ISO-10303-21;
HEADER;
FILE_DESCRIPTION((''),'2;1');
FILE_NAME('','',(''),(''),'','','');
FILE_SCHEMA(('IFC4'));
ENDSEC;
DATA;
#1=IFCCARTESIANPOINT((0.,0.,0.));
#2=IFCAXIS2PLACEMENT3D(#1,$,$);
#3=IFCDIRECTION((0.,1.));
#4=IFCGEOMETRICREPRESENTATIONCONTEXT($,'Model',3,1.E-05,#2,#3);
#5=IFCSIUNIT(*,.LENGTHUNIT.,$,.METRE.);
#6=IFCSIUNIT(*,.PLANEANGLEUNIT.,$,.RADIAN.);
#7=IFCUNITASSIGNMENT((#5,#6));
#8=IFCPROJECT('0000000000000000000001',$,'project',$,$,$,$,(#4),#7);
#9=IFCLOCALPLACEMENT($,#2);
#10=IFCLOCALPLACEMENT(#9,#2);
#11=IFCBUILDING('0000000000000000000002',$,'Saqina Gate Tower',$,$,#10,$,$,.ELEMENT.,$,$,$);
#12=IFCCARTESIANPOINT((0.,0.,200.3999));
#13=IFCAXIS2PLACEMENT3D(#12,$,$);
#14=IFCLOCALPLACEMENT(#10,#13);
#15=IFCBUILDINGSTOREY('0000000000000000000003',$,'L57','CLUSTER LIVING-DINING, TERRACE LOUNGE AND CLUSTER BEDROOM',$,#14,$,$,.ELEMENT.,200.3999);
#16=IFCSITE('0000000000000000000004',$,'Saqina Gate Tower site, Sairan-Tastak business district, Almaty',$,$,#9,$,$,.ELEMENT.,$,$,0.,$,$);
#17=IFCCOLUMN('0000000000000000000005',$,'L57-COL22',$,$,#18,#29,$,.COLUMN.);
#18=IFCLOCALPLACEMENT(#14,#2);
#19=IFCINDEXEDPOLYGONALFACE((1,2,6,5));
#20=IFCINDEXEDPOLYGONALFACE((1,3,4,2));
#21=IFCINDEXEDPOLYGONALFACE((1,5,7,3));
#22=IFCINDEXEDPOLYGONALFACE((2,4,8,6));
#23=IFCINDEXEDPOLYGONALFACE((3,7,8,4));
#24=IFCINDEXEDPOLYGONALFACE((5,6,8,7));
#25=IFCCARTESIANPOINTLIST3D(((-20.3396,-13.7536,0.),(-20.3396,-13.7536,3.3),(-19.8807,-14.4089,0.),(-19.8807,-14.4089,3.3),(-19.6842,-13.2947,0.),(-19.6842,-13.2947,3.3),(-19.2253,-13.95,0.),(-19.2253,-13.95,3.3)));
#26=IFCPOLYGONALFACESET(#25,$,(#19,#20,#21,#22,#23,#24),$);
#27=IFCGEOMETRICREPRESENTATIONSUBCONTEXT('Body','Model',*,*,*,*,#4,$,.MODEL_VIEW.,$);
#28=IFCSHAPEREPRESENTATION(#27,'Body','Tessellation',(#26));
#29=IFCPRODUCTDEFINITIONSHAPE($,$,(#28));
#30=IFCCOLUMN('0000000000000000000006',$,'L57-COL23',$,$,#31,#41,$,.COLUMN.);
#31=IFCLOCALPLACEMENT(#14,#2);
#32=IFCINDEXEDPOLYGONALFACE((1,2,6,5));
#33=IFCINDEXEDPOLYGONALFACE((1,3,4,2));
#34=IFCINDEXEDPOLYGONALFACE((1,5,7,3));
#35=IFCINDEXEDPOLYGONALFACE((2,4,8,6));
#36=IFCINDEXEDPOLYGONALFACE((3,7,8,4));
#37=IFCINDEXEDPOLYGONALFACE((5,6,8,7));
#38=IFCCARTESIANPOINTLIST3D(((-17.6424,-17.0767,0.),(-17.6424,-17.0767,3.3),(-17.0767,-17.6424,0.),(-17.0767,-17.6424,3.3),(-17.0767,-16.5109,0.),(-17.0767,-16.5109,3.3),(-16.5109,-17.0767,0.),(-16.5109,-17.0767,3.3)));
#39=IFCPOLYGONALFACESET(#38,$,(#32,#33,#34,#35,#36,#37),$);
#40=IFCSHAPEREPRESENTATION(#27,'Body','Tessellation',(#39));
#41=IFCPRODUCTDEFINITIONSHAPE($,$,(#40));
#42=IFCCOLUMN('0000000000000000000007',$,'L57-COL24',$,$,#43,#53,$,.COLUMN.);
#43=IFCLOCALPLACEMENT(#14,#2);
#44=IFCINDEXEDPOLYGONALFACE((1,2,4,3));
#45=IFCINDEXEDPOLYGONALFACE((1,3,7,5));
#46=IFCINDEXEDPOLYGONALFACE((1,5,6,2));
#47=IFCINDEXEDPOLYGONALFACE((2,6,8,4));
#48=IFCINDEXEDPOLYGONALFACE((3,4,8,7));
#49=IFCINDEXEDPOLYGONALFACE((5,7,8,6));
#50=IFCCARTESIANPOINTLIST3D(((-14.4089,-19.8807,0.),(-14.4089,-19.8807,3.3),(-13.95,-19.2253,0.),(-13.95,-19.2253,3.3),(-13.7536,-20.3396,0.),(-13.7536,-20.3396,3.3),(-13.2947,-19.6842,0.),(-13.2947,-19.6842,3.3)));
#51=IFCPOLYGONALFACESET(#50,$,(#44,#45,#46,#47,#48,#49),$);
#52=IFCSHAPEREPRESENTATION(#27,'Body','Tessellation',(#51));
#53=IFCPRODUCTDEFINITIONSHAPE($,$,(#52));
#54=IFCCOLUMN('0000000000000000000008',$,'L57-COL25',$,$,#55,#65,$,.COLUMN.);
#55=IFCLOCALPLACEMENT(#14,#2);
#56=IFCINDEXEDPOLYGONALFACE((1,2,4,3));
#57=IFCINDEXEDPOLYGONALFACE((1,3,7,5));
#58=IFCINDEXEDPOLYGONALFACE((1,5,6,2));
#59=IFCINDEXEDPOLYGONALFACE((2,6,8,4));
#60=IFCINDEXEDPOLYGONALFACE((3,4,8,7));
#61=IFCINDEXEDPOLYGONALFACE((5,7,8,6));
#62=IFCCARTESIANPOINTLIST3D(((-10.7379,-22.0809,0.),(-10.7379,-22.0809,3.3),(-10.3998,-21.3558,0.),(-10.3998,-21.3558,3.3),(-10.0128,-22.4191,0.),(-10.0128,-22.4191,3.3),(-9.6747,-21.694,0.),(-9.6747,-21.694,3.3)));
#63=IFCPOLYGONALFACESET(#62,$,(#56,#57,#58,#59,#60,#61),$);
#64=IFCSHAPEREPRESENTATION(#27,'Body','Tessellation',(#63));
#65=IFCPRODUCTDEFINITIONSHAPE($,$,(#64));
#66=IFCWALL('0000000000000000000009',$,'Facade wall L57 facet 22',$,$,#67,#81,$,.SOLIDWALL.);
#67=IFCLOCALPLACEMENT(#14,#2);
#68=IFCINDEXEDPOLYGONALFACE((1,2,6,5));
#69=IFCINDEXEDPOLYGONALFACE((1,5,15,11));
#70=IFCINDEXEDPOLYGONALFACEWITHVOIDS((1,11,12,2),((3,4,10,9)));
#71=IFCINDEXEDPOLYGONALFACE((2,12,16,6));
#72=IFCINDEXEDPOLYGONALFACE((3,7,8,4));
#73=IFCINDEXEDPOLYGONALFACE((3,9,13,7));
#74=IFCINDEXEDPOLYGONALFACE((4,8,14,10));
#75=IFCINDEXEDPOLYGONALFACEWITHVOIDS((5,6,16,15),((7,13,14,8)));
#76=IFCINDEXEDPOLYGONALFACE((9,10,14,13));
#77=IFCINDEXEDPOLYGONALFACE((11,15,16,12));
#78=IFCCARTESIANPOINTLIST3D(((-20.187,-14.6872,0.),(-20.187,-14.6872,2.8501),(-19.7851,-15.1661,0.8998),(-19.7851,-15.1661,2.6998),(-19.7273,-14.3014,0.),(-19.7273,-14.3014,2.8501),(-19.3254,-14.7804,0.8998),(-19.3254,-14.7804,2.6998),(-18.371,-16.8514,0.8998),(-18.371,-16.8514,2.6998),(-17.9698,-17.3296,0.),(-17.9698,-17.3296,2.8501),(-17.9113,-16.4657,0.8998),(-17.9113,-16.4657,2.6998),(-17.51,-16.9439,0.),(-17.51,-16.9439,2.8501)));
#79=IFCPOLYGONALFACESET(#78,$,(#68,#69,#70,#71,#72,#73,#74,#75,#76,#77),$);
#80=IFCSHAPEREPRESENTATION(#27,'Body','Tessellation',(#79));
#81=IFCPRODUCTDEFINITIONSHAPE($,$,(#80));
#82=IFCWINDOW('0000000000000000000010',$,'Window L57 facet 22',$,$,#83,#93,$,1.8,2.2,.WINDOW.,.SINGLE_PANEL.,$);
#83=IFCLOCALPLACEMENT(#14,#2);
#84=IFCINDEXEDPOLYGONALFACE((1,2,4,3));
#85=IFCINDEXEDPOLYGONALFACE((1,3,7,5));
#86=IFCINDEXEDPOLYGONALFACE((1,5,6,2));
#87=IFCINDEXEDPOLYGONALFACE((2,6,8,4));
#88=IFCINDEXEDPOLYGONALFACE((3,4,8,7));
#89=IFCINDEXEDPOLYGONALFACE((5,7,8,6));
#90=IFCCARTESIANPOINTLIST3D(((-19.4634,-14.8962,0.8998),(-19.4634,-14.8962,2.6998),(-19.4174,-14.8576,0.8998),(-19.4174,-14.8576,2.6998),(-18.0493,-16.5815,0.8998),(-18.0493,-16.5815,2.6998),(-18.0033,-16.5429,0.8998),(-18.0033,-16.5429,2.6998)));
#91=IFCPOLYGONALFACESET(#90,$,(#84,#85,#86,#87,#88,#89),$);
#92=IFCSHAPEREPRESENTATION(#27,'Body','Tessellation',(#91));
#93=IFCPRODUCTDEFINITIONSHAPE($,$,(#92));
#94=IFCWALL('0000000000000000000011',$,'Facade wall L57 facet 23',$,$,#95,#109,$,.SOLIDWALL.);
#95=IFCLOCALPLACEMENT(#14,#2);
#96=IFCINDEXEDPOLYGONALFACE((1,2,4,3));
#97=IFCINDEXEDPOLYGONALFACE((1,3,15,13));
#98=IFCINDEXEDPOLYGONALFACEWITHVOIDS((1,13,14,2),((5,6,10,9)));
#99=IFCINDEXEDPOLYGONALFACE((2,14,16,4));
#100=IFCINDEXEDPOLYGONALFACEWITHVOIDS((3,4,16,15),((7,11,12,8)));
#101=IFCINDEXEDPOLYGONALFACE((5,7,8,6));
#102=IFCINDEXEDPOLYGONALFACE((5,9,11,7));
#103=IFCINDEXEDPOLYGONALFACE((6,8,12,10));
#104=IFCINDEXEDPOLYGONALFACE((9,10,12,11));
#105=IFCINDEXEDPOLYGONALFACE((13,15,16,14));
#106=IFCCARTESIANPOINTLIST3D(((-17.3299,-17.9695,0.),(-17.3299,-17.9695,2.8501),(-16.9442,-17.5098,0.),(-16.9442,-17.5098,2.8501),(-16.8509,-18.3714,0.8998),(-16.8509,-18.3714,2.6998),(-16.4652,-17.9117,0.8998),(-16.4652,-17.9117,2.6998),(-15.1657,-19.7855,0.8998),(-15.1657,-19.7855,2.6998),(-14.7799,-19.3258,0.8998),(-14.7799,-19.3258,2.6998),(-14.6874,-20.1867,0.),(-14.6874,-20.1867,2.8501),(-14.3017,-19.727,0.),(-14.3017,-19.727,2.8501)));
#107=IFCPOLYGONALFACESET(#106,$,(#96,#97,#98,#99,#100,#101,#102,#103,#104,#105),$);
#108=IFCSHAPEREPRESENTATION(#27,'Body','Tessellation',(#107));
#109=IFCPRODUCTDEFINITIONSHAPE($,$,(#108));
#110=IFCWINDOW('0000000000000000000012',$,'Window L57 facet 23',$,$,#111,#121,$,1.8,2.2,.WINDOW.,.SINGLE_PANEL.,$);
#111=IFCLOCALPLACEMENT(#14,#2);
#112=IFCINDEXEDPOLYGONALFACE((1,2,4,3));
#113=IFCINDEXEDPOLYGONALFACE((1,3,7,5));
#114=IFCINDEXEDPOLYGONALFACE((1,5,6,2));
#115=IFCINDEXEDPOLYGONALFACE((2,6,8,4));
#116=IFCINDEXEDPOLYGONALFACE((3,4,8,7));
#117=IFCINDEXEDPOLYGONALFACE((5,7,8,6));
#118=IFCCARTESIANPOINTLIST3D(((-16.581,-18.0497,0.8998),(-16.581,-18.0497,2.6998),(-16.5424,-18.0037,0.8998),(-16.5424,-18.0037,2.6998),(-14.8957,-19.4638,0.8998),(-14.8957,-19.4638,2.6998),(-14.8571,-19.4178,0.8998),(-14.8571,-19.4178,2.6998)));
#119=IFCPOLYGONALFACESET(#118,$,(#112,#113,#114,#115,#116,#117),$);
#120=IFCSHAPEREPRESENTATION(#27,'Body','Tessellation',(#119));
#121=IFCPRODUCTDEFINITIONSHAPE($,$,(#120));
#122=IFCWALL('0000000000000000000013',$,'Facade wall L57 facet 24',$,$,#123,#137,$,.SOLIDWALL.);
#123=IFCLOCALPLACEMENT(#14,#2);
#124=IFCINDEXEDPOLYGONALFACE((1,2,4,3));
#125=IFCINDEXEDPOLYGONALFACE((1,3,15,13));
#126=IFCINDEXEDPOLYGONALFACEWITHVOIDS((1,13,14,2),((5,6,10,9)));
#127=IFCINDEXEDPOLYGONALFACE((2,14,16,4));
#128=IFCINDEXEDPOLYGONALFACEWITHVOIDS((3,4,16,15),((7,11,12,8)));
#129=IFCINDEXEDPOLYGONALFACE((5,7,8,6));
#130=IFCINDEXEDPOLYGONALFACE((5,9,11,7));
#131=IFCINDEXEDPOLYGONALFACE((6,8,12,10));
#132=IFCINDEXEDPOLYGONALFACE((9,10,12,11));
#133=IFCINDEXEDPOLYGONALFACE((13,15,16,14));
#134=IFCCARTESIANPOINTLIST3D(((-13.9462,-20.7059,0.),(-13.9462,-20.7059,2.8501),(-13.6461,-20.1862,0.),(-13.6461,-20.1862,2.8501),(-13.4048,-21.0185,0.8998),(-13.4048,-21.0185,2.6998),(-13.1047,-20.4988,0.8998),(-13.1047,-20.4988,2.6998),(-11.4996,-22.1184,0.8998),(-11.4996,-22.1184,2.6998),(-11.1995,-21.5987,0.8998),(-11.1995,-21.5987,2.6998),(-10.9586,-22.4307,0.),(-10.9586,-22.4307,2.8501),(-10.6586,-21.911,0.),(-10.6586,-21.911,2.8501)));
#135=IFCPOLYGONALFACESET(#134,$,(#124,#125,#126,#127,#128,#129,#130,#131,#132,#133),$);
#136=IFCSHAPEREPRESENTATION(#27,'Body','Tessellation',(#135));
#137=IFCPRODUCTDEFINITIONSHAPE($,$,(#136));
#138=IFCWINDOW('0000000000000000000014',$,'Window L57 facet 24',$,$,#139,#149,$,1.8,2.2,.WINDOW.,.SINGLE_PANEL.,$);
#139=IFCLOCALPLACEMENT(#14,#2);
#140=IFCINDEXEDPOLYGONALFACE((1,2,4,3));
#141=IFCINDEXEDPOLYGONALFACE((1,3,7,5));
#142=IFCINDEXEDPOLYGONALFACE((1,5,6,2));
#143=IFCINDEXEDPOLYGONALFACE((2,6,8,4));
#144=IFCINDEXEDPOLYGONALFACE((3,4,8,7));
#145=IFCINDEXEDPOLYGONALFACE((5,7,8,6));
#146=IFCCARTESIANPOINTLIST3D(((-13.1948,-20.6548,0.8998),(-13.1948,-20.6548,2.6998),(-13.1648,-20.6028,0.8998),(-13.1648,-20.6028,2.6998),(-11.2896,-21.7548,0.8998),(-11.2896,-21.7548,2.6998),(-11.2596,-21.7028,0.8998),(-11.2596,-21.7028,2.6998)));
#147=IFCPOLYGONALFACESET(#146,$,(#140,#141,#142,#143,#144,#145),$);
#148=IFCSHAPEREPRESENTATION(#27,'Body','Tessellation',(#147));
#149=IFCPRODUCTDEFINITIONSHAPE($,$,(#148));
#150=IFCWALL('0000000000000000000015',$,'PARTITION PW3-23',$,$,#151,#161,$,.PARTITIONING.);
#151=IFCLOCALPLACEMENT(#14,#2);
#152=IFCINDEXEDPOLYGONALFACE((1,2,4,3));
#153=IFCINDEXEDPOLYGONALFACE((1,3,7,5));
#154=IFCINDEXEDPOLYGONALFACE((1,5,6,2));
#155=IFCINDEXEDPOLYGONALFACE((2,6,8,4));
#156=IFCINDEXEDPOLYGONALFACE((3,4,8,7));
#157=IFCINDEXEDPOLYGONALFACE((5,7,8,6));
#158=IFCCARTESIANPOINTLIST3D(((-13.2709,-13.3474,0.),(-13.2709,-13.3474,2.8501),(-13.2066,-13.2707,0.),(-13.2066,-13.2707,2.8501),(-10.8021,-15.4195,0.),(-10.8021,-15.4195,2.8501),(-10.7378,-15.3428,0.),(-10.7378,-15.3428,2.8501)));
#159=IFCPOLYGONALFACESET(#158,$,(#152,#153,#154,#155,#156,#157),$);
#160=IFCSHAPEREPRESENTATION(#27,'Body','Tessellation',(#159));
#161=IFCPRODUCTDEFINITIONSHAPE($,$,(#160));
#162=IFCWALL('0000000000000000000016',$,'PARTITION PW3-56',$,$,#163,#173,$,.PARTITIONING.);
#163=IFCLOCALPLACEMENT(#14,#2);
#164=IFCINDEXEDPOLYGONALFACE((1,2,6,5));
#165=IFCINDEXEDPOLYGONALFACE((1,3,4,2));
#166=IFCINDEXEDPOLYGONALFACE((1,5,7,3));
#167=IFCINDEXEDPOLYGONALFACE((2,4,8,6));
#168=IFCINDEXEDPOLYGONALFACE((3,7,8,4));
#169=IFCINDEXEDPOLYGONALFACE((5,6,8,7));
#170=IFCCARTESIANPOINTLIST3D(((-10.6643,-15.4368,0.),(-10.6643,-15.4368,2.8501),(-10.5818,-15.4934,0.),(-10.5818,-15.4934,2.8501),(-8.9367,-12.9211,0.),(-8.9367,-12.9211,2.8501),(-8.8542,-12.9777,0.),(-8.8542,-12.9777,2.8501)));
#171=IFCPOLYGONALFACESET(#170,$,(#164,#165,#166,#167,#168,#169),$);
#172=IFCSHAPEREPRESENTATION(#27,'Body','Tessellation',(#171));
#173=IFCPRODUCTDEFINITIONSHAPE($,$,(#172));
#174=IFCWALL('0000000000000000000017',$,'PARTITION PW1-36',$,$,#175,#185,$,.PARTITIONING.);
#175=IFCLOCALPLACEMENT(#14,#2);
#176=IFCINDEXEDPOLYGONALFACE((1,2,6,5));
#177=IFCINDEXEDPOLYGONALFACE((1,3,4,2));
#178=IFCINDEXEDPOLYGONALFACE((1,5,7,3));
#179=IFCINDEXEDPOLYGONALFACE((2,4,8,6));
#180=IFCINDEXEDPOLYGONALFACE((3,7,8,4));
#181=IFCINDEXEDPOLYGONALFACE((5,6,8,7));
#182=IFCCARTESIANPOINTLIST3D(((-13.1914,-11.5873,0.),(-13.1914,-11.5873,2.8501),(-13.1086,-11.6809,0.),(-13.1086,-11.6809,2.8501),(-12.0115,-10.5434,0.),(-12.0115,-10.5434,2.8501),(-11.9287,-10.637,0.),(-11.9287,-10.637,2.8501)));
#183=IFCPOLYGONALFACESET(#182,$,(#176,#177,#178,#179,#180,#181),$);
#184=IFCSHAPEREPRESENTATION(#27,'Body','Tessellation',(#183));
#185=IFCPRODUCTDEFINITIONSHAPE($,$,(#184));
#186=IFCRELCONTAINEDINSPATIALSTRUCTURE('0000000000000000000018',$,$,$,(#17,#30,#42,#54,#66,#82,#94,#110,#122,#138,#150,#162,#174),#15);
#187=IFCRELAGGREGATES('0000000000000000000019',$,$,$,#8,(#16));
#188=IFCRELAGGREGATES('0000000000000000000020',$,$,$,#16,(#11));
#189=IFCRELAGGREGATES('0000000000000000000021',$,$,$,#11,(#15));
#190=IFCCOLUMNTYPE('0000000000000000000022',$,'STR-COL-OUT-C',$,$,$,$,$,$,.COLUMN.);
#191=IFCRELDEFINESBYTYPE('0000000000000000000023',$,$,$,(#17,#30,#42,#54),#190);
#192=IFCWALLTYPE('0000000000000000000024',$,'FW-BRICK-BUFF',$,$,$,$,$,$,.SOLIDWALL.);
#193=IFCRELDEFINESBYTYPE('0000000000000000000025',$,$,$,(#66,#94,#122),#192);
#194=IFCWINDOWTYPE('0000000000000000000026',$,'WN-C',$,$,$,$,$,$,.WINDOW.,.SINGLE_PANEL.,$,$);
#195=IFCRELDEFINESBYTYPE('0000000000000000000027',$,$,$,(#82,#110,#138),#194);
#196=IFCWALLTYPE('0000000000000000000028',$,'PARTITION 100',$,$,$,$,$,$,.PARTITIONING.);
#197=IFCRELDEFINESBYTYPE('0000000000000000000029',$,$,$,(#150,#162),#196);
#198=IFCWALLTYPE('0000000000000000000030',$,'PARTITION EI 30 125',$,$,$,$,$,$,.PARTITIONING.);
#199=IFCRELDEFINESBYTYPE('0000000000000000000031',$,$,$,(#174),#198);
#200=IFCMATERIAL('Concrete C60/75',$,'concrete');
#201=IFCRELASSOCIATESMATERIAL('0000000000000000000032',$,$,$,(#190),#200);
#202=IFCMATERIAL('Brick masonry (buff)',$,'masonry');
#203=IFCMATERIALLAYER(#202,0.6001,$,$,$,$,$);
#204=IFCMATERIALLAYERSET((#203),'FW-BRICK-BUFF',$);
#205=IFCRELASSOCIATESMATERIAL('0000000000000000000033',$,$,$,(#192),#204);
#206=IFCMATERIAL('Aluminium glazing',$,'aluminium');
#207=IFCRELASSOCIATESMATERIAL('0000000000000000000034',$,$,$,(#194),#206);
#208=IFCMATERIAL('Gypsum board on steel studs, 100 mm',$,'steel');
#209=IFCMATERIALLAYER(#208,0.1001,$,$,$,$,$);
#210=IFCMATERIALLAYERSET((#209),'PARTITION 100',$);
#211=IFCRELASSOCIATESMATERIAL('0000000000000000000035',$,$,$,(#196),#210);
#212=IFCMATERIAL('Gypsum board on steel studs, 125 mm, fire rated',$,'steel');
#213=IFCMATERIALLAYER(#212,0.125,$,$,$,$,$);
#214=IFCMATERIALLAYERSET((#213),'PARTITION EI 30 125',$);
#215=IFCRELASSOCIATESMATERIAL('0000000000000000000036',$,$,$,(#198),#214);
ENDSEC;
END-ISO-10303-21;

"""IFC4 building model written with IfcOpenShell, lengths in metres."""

from ifc_helpers import new_model, si_unit, direction, frame, frame_2d, origin, origin_2d, place, context, subcontext, project, spatial, rectangle, extrude, material, layer, layer_set, material_profile, profile_set, type_object, element, fill, save


model = new_model("IFC4")

# Units and contexts
model_context = context("Model", 3, precision=1e-05, world=origin(), true_north=direction((0.0, 1.0)))
body_context = subcontext(model_context, "Body", "Model", "MODEL_VIEW")
ifc_project = project(units=[si_unit("LENGTHUNIT", "METRE"), si_unit("PLANEANGLEUNIT", "RADIAN")], contexts=[model_context])

# Site, building, storey
site_placement = place(None, origin())
site = spatial("IfcSite", under=ifc_project, at=site_placement, Name="Saqina Gate Tower site, Sairan-Tastak business district, Almaty", CompositionType="ELEMENT", RefElevation=0.0)
building_placement = place(site_placement, origin())
building = spatial("IfcBuilding", under=site, at=building_placement, Name="Saqina Gate Tower", CompositionType="ELEMENT")
storey_placement = place(building_placement, frame((0.0, 0.0, 200.3999)))
storey = spatial("IfcBuildingStorey", under=building, at=storey_placement, Name="L57", Description="CLUSTER LIVING-DINING, TERRACE LOUNGE AND CLUSTER BEDROOM", CompositionType="ELEMENT", Elevation=200.3999)

# Columns
ifc_material_1 = material(Name="Concrete C60/75", Category="concrete")
ifc_material_profile = material_profile(ifc_material_1, rectangle(XDim=0.8, YDim=0.8, at=origin_2d()), Name="RC 800x800")
ifc_profile_set = profile_set([ifc_material_profile], Name="Concrete C60/75")
column_type = type_object("IfcColumnType", Name="STR-COL-OUT-C", PredefinedType="COLUMN", material=ifc_profile_set)
for number, where, z_axis, x_axis, name in (
    (1, (-19.7825, -13.8518, 0.0), (0.0, 0.0, 1.0), (-0.819152, -0.573576, 0.0), "L57-COL22"),
    (2, (-17.0767, -17.0767, 0.0), (0.0, 0.0, 1.0), (-0.707107, -0.707107, 0.0), "L57-COL23"),
    (3, (-13.8518, -19.7825, 0.0), (0.0, 0.0, 1.0), (-0.573576, -0.819152, 0.0), "L57-COL24"),
    (4, (-10.2063, -21.8875, 0.0), (0.0, 0.0, 1.0), (-0.422618, -0.906308, 0.0), "L57-COL25"),
):
    element("IfcColumn", number, at=place(storey_placement, frame(where, z_axis=z_axis, x_axis=x_axis)), inside=storey, type_object=column_type, Name=name, PredefinedType="COLUMN", context=body_context, shape_type="SweptSolid", body=[
        extrude(rectangle(XDim=0.8, YDim=0.8, at=origin_2d()), origin(), (0.0, 0.0, 1.0), 3.3),
    ])

# Walls, openings, windows
ifc_material_2 = material(Name="Brick masonry (buff)", Category="masonry")
ifc_layer_1 = layer(ifc_material_2, 0.6001)
ifc_layer_set_1 = layer_set([ifc_layer_1], Name="FW-BRICK-BUFF")
wall_type_1 = type_object("IfcWallType", Name="FW-BRICK-BUFF", PredefinedType="SOLIDWALL", material=ifc_layer_set_1)
wall_1_placement = place(storey_placement, frame((-19.957, -14.4944, 0.0), z_axis=(0.0, 0.0, 1.0), x_axis=(0.64277, -0.766059, 0.0)))
wall_1 = element("IfcWall", 5, at=wall_1_placement, inside=storey, type_object=wall_type_1, Name="Facade wall L57 facet 22", PredefinedType="SOLIDWALL", context=body_context, shape_type="SweptSolid", body=[
    extrude(rectangle(XDim=3.4495, YDim=0.6001, at=frame_2d((1.7246, 0.0))), origin(), (0.0, 0.0, 1.0), 2.8501),
])
opening_1_placement = place(wall_1_placement, frame((0.625, 0.0, 0.8999)))
opening_1 = element("IfcOpeningElement", 6, at=opening_1_placement, cuts=wall_1, PredefinedType="OPENING", context=body_context, shape_type="SweptSolid", body=[
    extrude(rectangle(XDim=2.2, YDim=1.8, at=frame_2d((1.1001, 0.8999))), frame((0.0, 0.312, 0.0), z_axis=(0.0, -1.0, 0.0), x_axis=(1.0, 0.0, 0.0)), (0.0, 0.0, 1.0), 0.624),
])
ifc_material_3 = material(Name="Aluminium glazing", Category="aluminium")
window_type = type_object("IfcWindowType", Name="WN-C", PartitioningType="SINGLE_PANEL", PredefinedType="WINDOW", material=ifc_material_3)
window_1_placement = place(opening_1_placement, origin())
window_1 = element("IfcWindow", 7, at=window_1_placement, inside=storey, type_object=window_type, Name="Window L57 facet 22", OverallHeight=1.8, OverallWidth=2.2, PartitioningType="SINGLE_PANEL", PredefinedType="WINDOW", context=body_context, shape_type="SweptSolid", body=[
    extrude(rectangle(XDim=2.2, YDim=1.8, at=frame_2d((1.1001, 0.8999))), frame((0.0, 0.1799, 0.0), z_axis=(0.0, -1.0, 0.0), x_axis=(1.0, 0.0, 0.0)), (0.0, 0.0, 1.0), 0.0601),
])
fill(opening_1, window_1)
wall_2_placement = place(storey_placement, frame((-17.137, -17.7397, 0.0), z_axis=(0.0, 0.0, 1.0), x_axis=(0.766059, -0.64277, 0.0)))
wall_2 = element("IfcWall", 8, at=wall_2_placement, inside=storey, type_object=wall_type_1, Name="Facade wall L57 facet 23", PredefinedType="SOLIDWALL", context=body_context, shape_type="SweptSolid", body=[
    extrude(rectangle(XDim=3.4495, YDim=0.6001, at=frame_2d((1.7246, 0.0))), origin(), (0.0, 0.0, 1.0), 2.8501),
])
opening_2_placement = place(wall_2_placement, frame((0.625, 0.0, 0.8999)))
opening_2 = element("IfcOpeningElement", 9, at=opening_2_placement, cuts=wall_2, PredefinedType="OPENING", context=body_context, shape_type="SweptSolid", body=[
    extrude(rectangle(XDim=2.2, YDim=1.8, at=frame_2d((1.1001, 0.8999))), frame((0.0, 0.312, 0.0), z_axis=(0.0, -1.0, 0.0), x_axis=(1.0, 0.0, 0.0)), (0.0, 0.0, 1.0), 0.624),
])
window_2_placement = place(opening_2_placement, origin())
window_2 = element("IfcWindow", 10, at=window_2_placement, inside=storey, type_object=window_type, Name="Window L57 facet 23", OverallHeight=1.8, OverallWidth=2.2, PartitioningType="SINGLE_PANEL", PredefinedType="WINDOW", context=body_context, shape_type="SweptSolid", body=[
    extrude(rectangle(XDim=2.2, YDim=1.8, at=frame_2d((1.1001, 0.8999))), frame((0.0, 0.1799, 0.0), z_axis=(0.0, -1.0, 0.0), x_axis=(1.0, 0.0, 0.0)), (0.0, 0.0, 1.0), 0.0601),
])
fill(opening_2, window_2)
wall_3_placement = place(storey_placement, frame((-13.7961, -20.446, 0.0), z_axis=(0.0, 0.0, 1.0), x_axis=(0.866026, -0.499998, 0.0)))
wall_3 = element("IfcWall", 11, at=wall_3_placement, inside=storey, type_object=wall_type_1, Name="Facade wall L57 facet 24", PredefinedType="SOLIDWALL", context=body_context, shape_type="SweptSolid", body=[
    extrude(rectangle(XDim=3.4497, YDim=0.6001, at=frame_2d((1.7249, 0.0))), origin(), (0.0, 0.0, 1.0), 2.8501),
])
opening_3_placement = place(wall_3_placement, frame((0.625, 0.0, 0.8999)))
opening_3 = element("IfcOpeningElement", 12, at=opening_3_placement, cuts=wall_3, PredefinedType="OPENING", context=body_context, shape_type="SweptSolid", body=[
    extrude(rectangle(XDim=2.2, YDim=1.8, at=frame_2d((1.1001, 0.8999))), frame((0.0, 0.312, 0.0), z_axis=(0.0, -1.0, 0.0), x_axis=(1.0, 0.0, 0.0)), (0.0, 0.0, 1.0), 0.624),
])
window_3_placement = place(opening_3_placement, origin())
window_3 = element("IfcWindow", 13, at=window_3_placement, inside=storey, type_object=window_type, Name="Window L57 facet 24", OverallHeight=1.8, OverallWidth=2.2, PartitioningType="SINGLE_PANEL", PredefinedType="WINDOW", context=body_context, shape_type="SweptSolid", body=[
    extrude(rectangle(XDim=2.2, YDim=1.8, at=frame_2d((1.1001, 0.8999))), frame((0.0, 0.1799, 0.0), z_axis=(0.0, -1.0, 0.0), x_axis=(1.0, 0.0, 0.0)), (0.0, 0.0, 1.0), 0.0601),
])
fill(opening_3, window_3)

# Walls
ifc_material_4 = material(Name="Gypsum board on steel studs, 100 mm", Category="steel")
ifc_layer_2 = layer(ifc_material_4, 0.1001)
ifc_layer_set_2 = layer_set([ifc_layer_2], Name="PARTITION 100")
wall_type_2 = type_object("IfcWallType", Name="PARTITION 100", PredefinedType="PARTITIONING", material=ifc_layer_set_2)
wall_4_placement = place(storey_placement, frame((-13.2388, -13.3091, 0.0), z_axis=(0.0, 0.0, 1.0), x_axis=(0.765969, -0.642878, 0.0)))
element("IfcWall", 14, at=wall_4_placement, inside=storey, type_object=wall_type_2, Name="PARTITION PW3-23", PredefinedType="PARTITIONING", context=body_context, shape_type="SweptSolid", body=[
    extrude(rectangle(XDim=3.2231, YDim=0.1001, at=frame_2d((1.6116, 0.0))), origin(), (0.0, 0.0, 1.0), 2.8501),
])
wall_5_placement = place(storey_placement, frame((-10.623, -15.4651, 0.0), z_axis=(0.0, 0.0, 1.0), x_axis=(0.566094, 0.824341, 0.0)))
element("IfcWall", 15, at=wall_5_placement, inside=storey, type_object=wall_type_2, Name="PARTITION PW3-56", PredefinedType="PARTITIONING", context=body_context, shape_type="SweptSolid", body=[
    extrude(rectangle(XDim=3.0518, YDim=0.1001, at=frame_2d((1.5259, 0.0))), origin(), (0.0, 0.0, 1.0), 2.8501),
])
ifc_material_5 = material(Name="Gypsum board on steel studs, 125 mm, fire rated", Category="steel")
ifc_layer_3 = layer(ifc_material_5, 0.125)
ifc_layer_set_3 = layer_set([ifc_layer_3], Name="PARTITION EI 30 125")
wall_type_3 = type_object("IfcWallType", Name="PARTITION EI 30 125", PredefinedType="PARTITIONING", material=ifc_layer_set_3)
wall_6_placement = place(storey_placement, frame((-13.1499, -11.634, 0.0), z_axis=(0.0, 0.0, 1.0), x_axis=(0.748946, 0.662631, 0.0)))
element("IfcWall", 16, at=wall_6_placement, inside=storey, type_object=wall_type_3, Name="PARTITION PW1-36", PredefinedType="PARTITIONING", context=body_context, shape_type="SweptSolid", body=[
    extrude(rectangle(XDim=1.5754, YDim=0.125, at=frame_2d((0.7876, 0.0))), origin(), (0.0, 0.0, 1.0), 2.8501),
])

save(model, "model.ifc")
